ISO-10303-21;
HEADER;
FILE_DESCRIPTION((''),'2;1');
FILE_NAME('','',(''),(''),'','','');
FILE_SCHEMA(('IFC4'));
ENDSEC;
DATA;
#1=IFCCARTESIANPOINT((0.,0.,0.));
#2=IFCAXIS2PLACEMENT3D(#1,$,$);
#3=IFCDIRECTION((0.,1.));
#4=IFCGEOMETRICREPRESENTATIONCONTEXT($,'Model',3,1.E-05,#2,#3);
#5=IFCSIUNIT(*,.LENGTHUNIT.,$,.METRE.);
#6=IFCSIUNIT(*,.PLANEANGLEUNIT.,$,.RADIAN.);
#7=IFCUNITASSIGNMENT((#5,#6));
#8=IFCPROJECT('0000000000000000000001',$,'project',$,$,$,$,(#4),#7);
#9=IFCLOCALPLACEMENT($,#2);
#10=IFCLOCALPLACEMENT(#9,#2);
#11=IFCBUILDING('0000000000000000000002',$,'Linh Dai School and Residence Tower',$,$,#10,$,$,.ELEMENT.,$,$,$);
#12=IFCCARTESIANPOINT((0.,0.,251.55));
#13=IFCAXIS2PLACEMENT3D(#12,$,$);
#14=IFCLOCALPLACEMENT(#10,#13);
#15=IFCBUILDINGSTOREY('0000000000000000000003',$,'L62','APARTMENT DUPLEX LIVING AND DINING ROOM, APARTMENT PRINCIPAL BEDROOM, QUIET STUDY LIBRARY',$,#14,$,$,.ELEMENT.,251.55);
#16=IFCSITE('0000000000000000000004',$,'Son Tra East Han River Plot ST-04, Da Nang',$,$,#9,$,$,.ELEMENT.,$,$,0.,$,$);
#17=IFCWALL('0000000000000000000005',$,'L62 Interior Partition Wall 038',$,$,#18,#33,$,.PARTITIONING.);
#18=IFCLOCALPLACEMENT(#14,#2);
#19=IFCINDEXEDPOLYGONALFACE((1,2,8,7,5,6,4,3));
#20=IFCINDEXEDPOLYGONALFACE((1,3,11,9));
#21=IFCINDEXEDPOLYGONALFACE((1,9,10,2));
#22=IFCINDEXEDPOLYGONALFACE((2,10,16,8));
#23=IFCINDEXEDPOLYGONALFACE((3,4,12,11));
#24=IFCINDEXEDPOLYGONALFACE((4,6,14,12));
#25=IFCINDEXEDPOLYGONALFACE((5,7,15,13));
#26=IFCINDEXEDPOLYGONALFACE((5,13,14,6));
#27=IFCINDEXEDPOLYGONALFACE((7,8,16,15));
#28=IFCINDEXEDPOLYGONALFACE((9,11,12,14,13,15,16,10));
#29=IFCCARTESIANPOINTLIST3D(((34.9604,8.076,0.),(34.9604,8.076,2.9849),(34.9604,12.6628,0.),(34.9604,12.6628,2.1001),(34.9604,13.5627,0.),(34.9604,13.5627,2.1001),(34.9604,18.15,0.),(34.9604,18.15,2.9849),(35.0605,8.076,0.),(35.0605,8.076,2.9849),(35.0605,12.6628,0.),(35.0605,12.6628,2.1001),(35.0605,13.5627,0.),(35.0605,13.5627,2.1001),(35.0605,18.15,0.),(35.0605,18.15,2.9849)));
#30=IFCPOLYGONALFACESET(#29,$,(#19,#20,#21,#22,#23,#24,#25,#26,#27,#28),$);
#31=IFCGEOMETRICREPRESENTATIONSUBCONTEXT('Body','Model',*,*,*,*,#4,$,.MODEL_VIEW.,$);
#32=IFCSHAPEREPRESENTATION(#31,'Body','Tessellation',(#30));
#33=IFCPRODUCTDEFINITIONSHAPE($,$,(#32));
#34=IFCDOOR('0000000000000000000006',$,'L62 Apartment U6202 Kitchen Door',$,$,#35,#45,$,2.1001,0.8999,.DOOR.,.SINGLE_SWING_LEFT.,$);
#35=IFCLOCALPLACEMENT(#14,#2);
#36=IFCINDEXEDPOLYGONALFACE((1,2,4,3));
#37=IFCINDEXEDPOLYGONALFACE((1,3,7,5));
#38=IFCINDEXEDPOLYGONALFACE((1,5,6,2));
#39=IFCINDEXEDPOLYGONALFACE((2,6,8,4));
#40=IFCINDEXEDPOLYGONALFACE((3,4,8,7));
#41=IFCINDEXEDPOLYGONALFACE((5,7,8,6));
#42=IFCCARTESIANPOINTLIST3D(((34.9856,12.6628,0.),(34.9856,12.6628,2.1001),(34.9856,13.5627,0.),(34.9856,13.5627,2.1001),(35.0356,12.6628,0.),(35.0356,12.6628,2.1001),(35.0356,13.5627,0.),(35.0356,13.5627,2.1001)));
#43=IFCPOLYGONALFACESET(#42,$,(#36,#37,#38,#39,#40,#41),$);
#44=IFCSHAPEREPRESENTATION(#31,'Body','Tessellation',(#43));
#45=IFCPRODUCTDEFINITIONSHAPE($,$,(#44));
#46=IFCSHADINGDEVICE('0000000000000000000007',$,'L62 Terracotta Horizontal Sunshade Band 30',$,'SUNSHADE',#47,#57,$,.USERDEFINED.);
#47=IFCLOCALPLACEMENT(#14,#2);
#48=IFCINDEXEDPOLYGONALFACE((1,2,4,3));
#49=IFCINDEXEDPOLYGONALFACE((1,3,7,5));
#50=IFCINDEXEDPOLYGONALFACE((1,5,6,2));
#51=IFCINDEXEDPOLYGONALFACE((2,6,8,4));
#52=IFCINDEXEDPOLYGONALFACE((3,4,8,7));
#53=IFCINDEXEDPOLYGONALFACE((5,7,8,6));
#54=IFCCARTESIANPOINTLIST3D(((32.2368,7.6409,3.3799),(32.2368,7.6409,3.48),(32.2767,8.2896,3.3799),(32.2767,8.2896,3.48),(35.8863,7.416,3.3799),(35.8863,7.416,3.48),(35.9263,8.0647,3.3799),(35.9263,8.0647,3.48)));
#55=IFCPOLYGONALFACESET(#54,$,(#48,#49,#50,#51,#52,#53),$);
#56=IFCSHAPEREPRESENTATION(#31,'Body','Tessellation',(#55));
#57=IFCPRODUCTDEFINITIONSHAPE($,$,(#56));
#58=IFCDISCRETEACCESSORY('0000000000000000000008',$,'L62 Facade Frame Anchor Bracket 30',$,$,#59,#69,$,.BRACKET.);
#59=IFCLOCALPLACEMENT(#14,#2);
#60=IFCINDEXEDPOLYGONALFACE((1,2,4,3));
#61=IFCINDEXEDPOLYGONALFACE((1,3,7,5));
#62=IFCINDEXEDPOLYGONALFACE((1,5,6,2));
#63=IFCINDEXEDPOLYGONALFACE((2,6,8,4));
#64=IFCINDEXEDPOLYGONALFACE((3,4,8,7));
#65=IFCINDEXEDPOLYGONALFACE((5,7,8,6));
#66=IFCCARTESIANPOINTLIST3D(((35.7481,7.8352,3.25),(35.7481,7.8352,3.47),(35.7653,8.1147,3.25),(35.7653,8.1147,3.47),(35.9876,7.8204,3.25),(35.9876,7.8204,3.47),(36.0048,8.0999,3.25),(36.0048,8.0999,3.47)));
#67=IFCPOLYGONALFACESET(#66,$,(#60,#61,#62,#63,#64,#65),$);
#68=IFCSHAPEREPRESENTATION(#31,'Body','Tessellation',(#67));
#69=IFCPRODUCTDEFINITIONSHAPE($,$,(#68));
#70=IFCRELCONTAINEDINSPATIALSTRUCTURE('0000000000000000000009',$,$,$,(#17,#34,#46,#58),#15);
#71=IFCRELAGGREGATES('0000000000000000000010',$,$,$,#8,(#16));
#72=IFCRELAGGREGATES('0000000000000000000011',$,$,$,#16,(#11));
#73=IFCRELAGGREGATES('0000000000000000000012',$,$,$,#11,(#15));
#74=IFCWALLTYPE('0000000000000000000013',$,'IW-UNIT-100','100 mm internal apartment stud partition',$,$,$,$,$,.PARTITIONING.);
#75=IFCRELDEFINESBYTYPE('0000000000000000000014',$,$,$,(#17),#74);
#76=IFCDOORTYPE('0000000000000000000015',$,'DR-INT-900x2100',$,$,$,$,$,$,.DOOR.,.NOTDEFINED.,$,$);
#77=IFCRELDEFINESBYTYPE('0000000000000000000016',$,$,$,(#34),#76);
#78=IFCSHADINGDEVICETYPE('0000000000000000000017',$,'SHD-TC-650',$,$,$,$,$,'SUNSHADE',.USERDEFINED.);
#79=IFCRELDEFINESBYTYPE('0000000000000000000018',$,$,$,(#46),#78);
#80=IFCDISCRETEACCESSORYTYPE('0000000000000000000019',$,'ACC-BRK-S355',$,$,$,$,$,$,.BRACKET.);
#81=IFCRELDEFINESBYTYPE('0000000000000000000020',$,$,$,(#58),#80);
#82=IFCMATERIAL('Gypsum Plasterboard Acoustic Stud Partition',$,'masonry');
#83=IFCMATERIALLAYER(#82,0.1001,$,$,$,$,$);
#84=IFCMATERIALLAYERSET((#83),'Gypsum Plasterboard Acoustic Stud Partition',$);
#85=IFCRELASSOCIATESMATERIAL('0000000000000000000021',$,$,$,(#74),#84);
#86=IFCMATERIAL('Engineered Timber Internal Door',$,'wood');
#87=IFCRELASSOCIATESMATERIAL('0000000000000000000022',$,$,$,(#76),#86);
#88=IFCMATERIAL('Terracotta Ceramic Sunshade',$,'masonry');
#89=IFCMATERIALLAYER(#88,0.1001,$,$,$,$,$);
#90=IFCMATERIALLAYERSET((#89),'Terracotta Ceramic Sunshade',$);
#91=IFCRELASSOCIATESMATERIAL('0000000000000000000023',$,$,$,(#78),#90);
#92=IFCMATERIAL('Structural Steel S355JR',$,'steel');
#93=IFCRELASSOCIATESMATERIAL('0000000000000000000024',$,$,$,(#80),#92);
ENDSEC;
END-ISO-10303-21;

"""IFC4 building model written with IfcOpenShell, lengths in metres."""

from ifc_helpers import new_model, si_unit, direction, frame, frame_2d, origin, origin_2d, place, context, subcontext, project, spatial, rectangle, extrude, source, transform, mapped, material, layer, layer_set, type_object, element, fill, save


model = new_model("IFC4")

# Units and contexts
model_context = context("Model", 3, precision=1e-05, world=origin(), true_north=direction((0.0, 1.0)))
body_context = subcontext(model_context, "Body", "Model", "MODEL_VIEW")
ifc_project = project(units=[si_unit("LENGTHUNIT", "METRE"), si_unit("PLANEANGLEUNIT", "RADIAN")], contexts=[model_context])

# Site, building, storey
site_placement = place(None, origin())
site = spatial("IfcSite", under=ifc_project, at=site_placement, Name="Son Tra East Han River Plot ST-04, Da Nang", CompositionType="ELEMENT", RefElevation=0.0)
building_placement = place(site_placement, origin())
building = spatial("IfcBuilding", under=site, at=building_placement, Name="Linh Dai School and Residence Tower", CompositionType="ELEMENT")
storey_placement = place(building_placement, frame((0.0, 0.0, 251.55)))
storey = spatial("IfcBuildingStorey", under=building, at=storey_placement, Name="L62", Description="APARTMENT DUPLEX LIVING AND DINING ROOM, APARTMENT PRINCIPAL BEDROOM, QUIET STUDY LIBRARY", CompositionType="ELEMENT", Elevation=251.55)

# Shared definitions
ifc_material_1 = material(Name="Structural Steel S355JR", Category="steel")

# Shared definitions
ifc_material_2 = material(Name="Gypsum Plasterboard Acoustic Stud Partition", Category="masonry")
ifc_layer_1 = layer(ifc_material_2, 0.1001)
ifc_layer_set_1 = layer_set([ifc_layer_1], Name="Gypsum Plasterboard Acoustic Stud Partition")
wall_type_1 = type_object("IfcWallType", Name="IW-UNIT-100", Description="100 mm internal apartment stud partition", PredefinedType="PARTITIONING", material=ifc_layer_set_1)

# Shared definitions
ifc_material_3 = material(Name="Engineered Timber Internal Door", Category="wood")
door_type_1 = type_object("IfcDoorType", Name="DR-INT-900x2100", OperationType="NOTDEFINED", PredefinedType="DOOR", material=ifc_material_3)
shared_shape_1 = source(origin(), body_context, "Body", "SweptSolid", [
    extrude(rectangle(XDim=0.8999, YDim=2.1001, at=origin_2d()), frame((0.45, 0.0249, 1.05), z_axis=(0.0, -1.0, 0.0), x_axis=(1.0, 0.0, 0.0)), (0.0, 0.0, 1.0), 0.05),
])

# Wall, opening, door
wall_1_placement = place(storey_placement, frame((35.0105, 8.0759, 0.0), z_axis=(0.0, 0.0, 1.0), x_axis=(0.0, 1.0, 0.0)))
wall_1 = element("IfcWall", 1, at=wall_1_placement, inside=storey, type_object=wall_type_1, Name="L62 Interior Partition Wall 038", PredefinedType="PARTITIONING", context=body_context, shape_type="SweptSolid", body=[
    extrude(rectangle(XDim=10.074, YDim=0.1001, at=frame_2d((5.0371, 0.0))), origin(), (0.0, 0.0, 1.0), 2.9849),
])
opening_1_placement = place(wall_1_placement, frame((4.5869, 0.0, 0.0)))
opening_1 = element("IfcOpeningElement", 2, at=opening_1_placement, cuts=wall_1, PredefinedType="OPENING", context=body_context, shape_type="SweptSolid", body=[
    extrude(rectangle(XDim=0.8999, YDim=2.1001, at=origin_2d()), frame((0.45, 0.0601, 1.05), z_axis=(0.0, -1.0, 0.0), x_axis=(1.0, 0.0, 0.0)), (0.0, 0.0, 1.0), 0.1201),
])
door_1_placement = place(opening_1_placement, origin())
door_1 = element("IfcDoor", 3, at=door_1_placement, inside=storey, type_object=door_type_1, Name="L62 Apartment U6202 Kitchen Door", OperationType="SINGLE_SWING_LEFT", OverallHeight=2.1001, OverallWidth=0.8999, PredefinedType="DOOR", context=body_context, shape_type="MappedRepresentation", body=[
    mapped(shared_shape_1, transform((0.0, 0.0, 0.0), x_axis=(1.0, 0.0, 0.0), y_axis=(0.0, 1.0, 0.0), z_axis=(0.0, 0.0, 1.0), scale=1.0)),
])
fill(opening_1, door_1)

# Shading device
ifc_material_4 = material(Name="Terracotta Ceramic Sunshade", Category="masonry")
ifc_layer_2 = layer(ifc_material_4, 0.1001)
ifc_layer_set_2 = layer_set([ifc_layer_2], Name="Terracotta Ceramic Sunshade")
shading_device_type = type_object("IfcShadingDeviceType", Name="SHD-TC-650", ElementType="SUNSHADE", PredefinedType="USERDEFINED", material=ifc_layer_set_2)
shared_shape_2 = source(origin(), body_context, "Body", "SweptSolid", [
    extrude(rectangle(XDim=3.6565, YDim=0.6499, at=origin_2d()), origin(), (0.0, 0.0, 1.0), 0.1001),
])
shading_device_placement = place(storey_placement, frame((34.0815, 7.8528, 3.3799), z_axis=(0.0, 0.0, 1.0), x_axis=(-0.998107, 0.061504, 0.0)))
element("IfcShadingDevice", 4, at=shading_device_placement, inside=storey, type_object=shading_device_type, Name="L62 Terracotta Horizontal Sunshade Band 30", ObjectType="SUNSHADE", PredefinedType="USERDEFINED", context=body_context, shape_type="MappedRepresentation", body=[
    mapped(shared_shape_2, transform((0.0, 0.0, 0.0), x_axis=(1.0, 0.0, 0.0), y_axis=(0.0, 1.0, 0.0), z_axis=(0.0, 0.0, 1.0), scale=1.0)),
])

# Discrete accessory
discrete_accessory_type = type_object("IfcDiscreteAccessoryType", Name="ACC-BRK-S355", PredefinedType="BRACKET", material=ifc_material_1)
shared_shape_3 = source(origin(), body_context, "Body", "SweptSolid", [
    extrude(rectangle(XDim=0.28, YDim=0.24, at=origin_2d()), origin(), (0.0, 0.0, 1.0), 0.22),
])
discrete_accessory_placement = place(storey_placement, frame((35.8765, 7.9675, 3.25), z_axis=(0.0, 0.0, 1.0), x_axis=(-0.061504, -0.998107, 0.0)))
element("IfcDiscreteAccessory", 5, at=discrete_accessory_placement, inside=storey, type_object=discrete_accessory_type, Name="L62 Facade Frame Anchor Bracket 30", PredefinedType="BRACKET", context=body_context, shape_type="MappedRepresentation", body=[
    mapped(shared_shape_3, transform((0.0, 0.0, 0.0), x_axis=(1.0, 0.0, 0.0), y_axis=(0.0, 1.0, 0.0), z_axis=(0.0, 0.0, 1.0), scale=1.0)),
])

save(model, "model.ifc")
